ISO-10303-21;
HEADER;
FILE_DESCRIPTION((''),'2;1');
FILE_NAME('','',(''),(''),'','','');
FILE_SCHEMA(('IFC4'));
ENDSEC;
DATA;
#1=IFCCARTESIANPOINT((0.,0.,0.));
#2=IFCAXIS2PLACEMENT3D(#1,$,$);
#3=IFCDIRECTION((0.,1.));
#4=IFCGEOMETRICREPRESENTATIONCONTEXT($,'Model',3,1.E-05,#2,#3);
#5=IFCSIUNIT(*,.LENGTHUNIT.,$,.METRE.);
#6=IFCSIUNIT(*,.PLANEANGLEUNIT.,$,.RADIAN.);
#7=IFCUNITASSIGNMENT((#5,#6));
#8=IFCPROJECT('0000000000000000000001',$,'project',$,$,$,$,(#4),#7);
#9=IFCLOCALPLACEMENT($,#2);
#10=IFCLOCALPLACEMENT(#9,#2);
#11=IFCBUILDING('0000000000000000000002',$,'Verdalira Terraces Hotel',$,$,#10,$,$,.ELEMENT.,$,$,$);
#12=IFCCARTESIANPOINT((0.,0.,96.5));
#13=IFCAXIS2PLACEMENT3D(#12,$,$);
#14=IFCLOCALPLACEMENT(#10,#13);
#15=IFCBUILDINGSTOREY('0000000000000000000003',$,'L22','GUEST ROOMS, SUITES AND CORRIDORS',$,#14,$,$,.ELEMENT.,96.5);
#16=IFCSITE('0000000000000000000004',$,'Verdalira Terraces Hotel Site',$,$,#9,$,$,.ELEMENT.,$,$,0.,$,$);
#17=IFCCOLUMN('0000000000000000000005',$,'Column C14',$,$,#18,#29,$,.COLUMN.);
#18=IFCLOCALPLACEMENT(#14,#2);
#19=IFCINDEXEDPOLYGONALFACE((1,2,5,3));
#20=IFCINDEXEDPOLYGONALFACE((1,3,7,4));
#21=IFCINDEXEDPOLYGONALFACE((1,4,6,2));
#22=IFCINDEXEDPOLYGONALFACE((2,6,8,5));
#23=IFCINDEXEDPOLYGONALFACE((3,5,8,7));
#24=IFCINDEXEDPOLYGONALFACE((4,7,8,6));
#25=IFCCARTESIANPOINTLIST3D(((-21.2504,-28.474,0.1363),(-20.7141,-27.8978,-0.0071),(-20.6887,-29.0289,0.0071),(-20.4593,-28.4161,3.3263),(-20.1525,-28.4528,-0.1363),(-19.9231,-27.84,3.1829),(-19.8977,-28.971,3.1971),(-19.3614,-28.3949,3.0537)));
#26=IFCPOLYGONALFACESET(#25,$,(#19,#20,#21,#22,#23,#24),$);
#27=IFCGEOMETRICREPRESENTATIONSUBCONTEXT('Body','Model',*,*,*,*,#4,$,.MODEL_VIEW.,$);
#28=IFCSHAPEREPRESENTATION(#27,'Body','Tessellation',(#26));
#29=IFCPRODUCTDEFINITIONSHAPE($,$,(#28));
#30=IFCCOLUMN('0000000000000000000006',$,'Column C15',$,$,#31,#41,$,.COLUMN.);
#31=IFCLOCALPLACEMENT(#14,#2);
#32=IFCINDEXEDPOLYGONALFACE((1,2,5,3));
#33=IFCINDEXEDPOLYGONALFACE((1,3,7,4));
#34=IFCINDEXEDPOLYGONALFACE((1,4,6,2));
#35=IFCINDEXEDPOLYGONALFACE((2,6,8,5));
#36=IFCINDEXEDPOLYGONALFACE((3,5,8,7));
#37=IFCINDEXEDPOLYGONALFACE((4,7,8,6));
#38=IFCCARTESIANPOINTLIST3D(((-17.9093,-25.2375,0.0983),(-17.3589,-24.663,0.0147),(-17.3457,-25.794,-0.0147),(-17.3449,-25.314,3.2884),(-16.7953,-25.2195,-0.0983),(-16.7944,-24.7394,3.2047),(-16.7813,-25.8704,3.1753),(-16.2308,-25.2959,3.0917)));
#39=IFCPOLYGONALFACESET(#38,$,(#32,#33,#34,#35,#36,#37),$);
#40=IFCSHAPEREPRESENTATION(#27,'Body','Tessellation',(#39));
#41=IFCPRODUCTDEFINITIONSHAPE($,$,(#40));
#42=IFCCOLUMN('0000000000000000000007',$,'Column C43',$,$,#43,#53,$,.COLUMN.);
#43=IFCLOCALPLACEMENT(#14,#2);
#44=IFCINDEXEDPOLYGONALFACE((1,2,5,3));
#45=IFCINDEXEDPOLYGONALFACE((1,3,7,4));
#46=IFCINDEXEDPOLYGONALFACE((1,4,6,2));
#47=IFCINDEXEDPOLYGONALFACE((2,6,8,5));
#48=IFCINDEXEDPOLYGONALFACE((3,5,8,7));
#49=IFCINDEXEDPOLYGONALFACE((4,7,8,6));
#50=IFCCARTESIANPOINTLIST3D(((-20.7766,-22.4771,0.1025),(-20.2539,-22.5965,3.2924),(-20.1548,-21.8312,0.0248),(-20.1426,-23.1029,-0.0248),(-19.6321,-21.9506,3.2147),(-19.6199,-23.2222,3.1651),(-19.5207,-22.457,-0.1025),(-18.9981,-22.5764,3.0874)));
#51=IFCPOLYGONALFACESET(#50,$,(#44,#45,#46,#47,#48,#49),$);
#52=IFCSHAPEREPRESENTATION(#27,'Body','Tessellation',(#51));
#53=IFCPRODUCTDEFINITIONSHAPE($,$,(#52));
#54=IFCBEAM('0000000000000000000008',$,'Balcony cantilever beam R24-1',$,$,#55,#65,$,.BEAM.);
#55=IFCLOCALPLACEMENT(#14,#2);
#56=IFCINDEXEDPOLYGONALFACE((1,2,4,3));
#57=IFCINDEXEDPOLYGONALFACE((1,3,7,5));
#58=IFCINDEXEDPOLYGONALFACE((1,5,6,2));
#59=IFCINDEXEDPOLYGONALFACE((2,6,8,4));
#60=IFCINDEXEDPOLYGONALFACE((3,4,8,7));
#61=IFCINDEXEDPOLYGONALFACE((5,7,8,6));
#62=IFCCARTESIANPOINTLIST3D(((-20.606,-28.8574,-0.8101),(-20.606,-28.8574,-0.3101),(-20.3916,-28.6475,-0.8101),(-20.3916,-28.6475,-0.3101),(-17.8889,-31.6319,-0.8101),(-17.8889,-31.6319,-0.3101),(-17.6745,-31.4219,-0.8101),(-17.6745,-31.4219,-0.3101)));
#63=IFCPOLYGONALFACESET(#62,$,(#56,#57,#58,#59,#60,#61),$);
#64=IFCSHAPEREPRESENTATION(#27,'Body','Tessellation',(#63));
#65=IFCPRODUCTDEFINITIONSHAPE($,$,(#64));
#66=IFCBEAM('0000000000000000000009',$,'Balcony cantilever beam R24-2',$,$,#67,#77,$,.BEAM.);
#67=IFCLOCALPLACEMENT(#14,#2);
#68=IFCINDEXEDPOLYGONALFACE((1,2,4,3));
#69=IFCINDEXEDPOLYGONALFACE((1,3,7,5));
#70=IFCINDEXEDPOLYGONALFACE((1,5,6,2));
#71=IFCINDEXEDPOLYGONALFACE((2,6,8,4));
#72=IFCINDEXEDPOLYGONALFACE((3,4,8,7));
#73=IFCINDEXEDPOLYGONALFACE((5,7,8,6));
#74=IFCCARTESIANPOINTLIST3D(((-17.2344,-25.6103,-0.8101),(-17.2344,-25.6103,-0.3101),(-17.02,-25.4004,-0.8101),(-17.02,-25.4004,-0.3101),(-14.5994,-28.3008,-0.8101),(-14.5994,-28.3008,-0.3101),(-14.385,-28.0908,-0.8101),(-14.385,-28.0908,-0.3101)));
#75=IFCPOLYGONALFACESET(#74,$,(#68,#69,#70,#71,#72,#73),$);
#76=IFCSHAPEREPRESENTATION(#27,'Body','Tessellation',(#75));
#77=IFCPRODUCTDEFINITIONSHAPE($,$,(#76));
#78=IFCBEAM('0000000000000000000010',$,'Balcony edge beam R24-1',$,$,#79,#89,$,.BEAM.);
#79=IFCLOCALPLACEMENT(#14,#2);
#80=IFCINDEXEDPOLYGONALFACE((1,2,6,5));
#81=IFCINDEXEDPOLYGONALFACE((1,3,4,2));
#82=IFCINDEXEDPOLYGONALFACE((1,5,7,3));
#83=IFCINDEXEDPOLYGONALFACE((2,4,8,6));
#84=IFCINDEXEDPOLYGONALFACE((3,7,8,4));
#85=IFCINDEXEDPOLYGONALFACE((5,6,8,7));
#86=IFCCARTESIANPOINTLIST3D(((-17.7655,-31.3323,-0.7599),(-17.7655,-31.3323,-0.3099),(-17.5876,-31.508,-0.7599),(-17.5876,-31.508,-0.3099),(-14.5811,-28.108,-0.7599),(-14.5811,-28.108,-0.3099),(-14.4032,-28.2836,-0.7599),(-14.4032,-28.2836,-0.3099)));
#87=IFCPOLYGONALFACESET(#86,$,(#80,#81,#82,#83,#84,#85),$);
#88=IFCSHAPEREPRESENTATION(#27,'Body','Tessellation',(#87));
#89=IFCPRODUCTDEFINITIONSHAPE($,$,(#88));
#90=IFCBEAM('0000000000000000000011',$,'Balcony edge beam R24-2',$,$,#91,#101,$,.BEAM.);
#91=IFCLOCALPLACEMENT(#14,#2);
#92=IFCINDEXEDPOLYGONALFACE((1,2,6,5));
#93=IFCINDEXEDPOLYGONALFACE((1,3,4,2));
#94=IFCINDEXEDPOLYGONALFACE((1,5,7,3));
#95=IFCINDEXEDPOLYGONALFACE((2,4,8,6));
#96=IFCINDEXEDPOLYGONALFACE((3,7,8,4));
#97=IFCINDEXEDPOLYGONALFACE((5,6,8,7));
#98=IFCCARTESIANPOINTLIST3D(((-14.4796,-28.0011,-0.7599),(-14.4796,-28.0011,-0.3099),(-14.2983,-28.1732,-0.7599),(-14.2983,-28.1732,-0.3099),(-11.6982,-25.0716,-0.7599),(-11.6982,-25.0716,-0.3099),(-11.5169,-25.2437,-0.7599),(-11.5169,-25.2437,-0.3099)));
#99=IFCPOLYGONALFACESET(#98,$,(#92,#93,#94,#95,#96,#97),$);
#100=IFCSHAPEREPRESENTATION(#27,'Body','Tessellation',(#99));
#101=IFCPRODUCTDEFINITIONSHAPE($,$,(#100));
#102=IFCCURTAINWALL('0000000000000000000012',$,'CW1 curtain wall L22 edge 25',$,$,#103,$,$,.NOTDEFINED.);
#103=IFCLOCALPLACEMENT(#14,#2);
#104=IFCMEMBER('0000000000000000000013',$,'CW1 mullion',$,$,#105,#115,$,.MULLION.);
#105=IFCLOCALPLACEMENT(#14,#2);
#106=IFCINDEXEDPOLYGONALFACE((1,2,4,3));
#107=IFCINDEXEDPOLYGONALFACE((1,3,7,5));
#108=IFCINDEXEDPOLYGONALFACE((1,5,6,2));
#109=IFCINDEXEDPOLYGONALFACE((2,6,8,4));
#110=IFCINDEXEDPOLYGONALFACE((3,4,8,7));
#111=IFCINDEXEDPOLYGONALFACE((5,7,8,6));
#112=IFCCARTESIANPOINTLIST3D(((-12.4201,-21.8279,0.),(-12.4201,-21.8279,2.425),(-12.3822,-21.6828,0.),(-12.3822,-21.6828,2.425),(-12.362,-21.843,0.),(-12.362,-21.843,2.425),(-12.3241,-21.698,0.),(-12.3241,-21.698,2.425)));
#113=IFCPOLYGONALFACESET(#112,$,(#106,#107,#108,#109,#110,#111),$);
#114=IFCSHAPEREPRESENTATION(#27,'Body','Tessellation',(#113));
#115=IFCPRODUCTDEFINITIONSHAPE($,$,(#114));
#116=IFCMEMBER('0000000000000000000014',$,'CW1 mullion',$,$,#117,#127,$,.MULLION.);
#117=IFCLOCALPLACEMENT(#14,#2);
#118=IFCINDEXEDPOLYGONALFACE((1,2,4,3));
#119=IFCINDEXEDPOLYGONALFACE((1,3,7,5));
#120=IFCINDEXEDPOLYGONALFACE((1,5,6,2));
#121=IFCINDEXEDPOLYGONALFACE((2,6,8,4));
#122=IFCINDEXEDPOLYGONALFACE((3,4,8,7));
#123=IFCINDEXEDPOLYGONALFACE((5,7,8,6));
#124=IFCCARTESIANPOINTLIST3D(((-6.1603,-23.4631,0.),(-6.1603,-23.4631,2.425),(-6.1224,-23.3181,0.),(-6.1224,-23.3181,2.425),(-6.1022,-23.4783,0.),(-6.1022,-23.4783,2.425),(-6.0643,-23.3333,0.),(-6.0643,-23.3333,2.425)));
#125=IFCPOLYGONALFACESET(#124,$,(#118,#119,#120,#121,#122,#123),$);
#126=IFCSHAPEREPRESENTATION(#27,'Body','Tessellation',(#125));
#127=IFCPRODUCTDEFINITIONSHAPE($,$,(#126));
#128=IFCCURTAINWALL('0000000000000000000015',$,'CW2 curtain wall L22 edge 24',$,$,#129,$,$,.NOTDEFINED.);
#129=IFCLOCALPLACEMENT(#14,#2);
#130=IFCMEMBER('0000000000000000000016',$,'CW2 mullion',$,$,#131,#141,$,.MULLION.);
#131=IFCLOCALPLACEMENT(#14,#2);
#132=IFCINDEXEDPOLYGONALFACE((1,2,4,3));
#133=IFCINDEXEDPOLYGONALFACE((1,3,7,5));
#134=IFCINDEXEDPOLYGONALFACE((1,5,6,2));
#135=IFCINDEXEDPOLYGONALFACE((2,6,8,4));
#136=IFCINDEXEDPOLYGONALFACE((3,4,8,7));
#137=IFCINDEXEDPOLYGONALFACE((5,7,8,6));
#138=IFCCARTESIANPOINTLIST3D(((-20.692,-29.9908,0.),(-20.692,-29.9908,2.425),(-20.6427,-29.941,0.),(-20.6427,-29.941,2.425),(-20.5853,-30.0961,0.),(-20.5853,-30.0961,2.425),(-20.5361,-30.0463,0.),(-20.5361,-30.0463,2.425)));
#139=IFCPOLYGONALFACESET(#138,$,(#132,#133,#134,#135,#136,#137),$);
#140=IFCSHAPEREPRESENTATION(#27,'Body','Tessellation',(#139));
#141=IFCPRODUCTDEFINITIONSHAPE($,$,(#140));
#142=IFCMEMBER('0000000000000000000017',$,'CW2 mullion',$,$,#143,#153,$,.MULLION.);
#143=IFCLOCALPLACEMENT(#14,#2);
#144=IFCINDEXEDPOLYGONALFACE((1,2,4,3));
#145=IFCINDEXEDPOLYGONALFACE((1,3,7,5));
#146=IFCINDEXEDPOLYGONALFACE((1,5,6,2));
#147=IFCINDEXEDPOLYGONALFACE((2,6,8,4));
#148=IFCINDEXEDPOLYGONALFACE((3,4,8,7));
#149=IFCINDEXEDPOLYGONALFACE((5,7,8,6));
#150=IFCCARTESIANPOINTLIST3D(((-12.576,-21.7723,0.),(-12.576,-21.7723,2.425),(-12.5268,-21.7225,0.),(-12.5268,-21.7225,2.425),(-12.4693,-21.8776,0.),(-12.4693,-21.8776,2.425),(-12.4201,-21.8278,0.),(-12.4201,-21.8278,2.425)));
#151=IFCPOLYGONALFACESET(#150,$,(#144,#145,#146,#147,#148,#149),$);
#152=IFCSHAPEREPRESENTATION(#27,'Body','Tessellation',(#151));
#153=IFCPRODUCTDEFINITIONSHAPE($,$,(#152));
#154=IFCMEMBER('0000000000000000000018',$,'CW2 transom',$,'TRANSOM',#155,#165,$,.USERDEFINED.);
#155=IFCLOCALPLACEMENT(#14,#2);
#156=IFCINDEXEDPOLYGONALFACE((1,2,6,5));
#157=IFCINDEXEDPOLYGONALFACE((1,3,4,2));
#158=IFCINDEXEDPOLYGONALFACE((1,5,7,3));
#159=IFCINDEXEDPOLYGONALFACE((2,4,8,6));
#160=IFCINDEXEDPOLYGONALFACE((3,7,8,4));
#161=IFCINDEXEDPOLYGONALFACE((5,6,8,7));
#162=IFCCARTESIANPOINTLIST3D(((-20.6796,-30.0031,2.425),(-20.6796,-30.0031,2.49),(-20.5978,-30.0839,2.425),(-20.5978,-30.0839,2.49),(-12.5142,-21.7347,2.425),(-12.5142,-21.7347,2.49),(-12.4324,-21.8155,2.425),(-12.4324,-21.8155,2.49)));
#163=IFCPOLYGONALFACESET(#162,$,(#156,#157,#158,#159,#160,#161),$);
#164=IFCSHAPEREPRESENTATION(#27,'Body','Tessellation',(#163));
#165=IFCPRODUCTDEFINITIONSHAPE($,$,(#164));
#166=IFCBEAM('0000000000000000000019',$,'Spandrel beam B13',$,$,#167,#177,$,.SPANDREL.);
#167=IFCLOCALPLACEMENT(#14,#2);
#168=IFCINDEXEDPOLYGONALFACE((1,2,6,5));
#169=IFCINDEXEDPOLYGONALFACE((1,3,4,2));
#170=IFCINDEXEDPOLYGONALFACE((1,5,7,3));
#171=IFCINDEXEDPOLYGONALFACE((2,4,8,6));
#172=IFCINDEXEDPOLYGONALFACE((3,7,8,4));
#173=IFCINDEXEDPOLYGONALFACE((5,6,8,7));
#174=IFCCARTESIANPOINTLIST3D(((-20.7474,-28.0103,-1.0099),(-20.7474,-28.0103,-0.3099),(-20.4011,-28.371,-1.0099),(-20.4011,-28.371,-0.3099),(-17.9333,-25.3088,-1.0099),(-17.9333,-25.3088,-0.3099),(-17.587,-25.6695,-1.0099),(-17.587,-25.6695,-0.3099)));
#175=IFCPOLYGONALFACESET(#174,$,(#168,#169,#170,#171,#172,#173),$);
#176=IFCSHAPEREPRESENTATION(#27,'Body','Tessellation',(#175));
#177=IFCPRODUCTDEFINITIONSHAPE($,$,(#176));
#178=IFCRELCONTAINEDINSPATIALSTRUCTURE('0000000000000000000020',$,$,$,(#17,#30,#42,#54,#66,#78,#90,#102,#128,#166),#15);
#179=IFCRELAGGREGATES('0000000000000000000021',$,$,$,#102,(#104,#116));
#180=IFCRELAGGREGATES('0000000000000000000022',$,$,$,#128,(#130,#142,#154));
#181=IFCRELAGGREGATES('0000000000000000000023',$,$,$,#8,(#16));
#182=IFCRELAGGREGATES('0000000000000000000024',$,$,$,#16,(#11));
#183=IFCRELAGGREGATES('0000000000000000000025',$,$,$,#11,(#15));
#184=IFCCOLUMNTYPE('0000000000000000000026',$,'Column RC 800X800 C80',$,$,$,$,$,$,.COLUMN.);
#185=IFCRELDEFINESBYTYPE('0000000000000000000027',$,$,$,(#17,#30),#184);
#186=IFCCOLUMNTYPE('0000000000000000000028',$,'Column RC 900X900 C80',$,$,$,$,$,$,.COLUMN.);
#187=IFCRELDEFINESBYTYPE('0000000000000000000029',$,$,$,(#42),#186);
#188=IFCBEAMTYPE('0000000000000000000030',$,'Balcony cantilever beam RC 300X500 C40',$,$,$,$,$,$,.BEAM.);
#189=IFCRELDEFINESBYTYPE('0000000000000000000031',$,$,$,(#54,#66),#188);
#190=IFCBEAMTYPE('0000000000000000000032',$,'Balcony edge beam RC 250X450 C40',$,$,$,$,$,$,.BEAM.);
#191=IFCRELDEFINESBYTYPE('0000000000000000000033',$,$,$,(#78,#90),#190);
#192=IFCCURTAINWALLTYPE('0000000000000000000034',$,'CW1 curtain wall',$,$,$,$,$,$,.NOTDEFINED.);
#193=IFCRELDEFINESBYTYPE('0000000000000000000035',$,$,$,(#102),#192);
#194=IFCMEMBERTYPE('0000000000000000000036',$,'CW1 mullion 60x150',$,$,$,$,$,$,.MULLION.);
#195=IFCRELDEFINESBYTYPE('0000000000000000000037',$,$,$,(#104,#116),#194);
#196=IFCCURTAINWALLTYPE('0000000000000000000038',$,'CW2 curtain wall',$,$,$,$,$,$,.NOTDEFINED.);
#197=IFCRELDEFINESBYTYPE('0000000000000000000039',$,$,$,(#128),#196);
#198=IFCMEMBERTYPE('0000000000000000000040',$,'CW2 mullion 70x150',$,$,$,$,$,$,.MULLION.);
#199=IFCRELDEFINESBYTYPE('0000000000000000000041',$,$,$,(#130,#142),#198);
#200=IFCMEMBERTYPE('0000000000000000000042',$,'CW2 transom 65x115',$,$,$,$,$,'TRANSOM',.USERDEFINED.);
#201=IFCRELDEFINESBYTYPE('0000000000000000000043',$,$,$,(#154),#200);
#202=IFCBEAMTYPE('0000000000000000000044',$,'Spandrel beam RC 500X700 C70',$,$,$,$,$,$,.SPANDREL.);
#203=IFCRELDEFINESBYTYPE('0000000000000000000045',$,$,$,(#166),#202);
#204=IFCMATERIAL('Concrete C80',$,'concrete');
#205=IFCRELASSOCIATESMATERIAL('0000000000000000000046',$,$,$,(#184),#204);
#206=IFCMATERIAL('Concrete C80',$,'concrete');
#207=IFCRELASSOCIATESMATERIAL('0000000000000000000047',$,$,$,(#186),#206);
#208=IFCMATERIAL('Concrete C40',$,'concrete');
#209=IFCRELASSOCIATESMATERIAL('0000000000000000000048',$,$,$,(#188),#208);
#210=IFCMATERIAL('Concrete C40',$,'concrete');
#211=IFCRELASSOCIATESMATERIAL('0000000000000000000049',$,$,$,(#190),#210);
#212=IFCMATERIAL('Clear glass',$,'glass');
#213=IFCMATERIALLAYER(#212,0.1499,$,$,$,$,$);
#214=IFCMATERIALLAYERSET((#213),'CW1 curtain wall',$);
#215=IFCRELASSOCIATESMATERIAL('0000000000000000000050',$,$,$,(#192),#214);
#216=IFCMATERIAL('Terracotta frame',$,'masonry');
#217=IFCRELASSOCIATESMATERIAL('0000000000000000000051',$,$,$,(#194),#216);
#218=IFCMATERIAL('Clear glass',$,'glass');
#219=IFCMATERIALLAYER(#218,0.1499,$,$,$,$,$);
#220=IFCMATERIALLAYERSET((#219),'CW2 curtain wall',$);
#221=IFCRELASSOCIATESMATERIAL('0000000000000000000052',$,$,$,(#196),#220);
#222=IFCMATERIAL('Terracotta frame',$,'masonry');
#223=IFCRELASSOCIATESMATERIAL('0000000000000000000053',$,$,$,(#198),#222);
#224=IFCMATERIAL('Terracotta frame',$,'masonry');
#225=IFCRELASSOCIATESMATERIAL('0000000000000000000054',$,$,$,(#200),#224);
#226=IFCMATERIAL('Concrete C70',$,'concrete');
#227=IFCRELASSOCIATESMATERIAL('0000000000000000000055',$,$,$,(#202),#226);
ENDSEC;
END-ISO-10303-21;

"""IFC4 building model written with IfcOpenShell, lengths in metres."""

from ifc_helpers import new_model, si_unit, direction, frame, origin, origin_2d, place, context, subcontext, project, spatial, rectangle, extrude, material, layer, layer_set, material_profile, profile_set, type_object, element, aggregate, save


model = new_model("IFC4")

# Units and contexts
model_context = context("Model", 3, precision=1e-05, world=origin(), true_north=direction((0.0, 1.0)))
body_context = subcontext(model_context, "Body", "Model", "MODEL_VIEW")
ifc_project = project(units=[si_unit("LENGTHUNIT", "METRE"), si_unit("PLANEANGLEUNIT", "RADIAN")], contexts=[model_context])

# Site, building, storey
site_placement = place(None, origin())
site = spatial("IfcSite", under=ifc_project, at=site_placement, Name="Verdalira Terraces Hotel Site", CompositionType="ELEMENT", RefElevation=0.0)
building_placement = place(site_placement, origin())
building = spatial("IfcBuilding", under=site, at=building_placement, Name="Verdalira Terraces Hotel", CompositionType="ELEMENT")
storey_placement = place(building_placement, frame((0.0, 0.0, 96.5)))
storey = spatial("IfcBuildingStorey", under=building, at=storey_placement, Name="L22", Description="GUEST ROOMS, SUITES AND CORRIDORS", CompositionType="ELEMENT", Elevation=96.5)

# Columns
ifc_material_1 = material(Name="Concrete C80", Category="concrete")
ifc_material_profile_1 = material_profile(ifc_material_1, rectangle(XDim=0.8, YDim=0.8, at=origin_2d()), Name="RC 800X800")
ifc_profile_set_1 = profile_set([ifc_material_profile_1], Name="Concrete C80")
column_type_1 = type_object("IfcColumnType", Name="Column RC 800X800 C80", PredefinedType="COLUMN", material=ifc_profile_set_1)
column_1_placement = place(storey_placement, frame((-20.7014, -28.4634, 0.0), z_axis=(0.240645, 0.017603, 0.970454), x_axis=(0.670283, 0.720126, -0.179273)))
element("IfcColumn", 1, at=column_1_placement, inside=storey, type_object=column_type_1, Name="Column C14", PredefinedType="COLUMN", context=body_context, shape_type="SweptSolid", body=[
    extrude(rectangle(XDim=0.8, YDim=0.8, at=origin_2d()), origin(), (0.0, 0.0, 1.0), 3.2871),
])
column_2_placement = place(storey_placement, frame((-17.3523, -25.2285, 0.0), z_axis=(0.174193, -0.023582, 0.984429), x_axis=(0.68804, 0.718102, -0.104545)))
element("IfcColumn", 2, at=column_2_placement, inside=storey, type_object=column_type_1, Name="Column C15", PredefinedType="COLUMN", context=body_context, shape_type="SweptSolid", body=[
    extrude(rectangle(XDim=0.8, YDim=0.8, at=origin_2d()), origin(), (0.0, 0.0, 1.0), 3.2405),
])
ifc_material_2 = material(Name="Concrete C80", Category="concrete")
ifc_material_profile_2 = material_profile(ifc_material_2, rectangle(XDim=0.8999, YDim=0.8999, at=origin_2d()), Name="RC 900X900")
ifc_profile_set_2 = profile_set([ifc_material_profile_2], Name="Concrete C80")
column_type_2 = type_object("IfcColumnType", Name="Column RC 900X900 C80", PredefinedType="COLUMN", material=ifc_profile_set_2)
column_3_placement = place(storey_placement, frame((-20.1487, -22.467, 0.0), z_axis=(0.161594, -0.036908, 0.986167), x_axis=(-0.690988, -0.717688, 0.086366)))
element("IfcColumn", 3, at=column_3_placement, inside=storey, type_object=column_type_2, Name="Column C43", PredefinedType="COLUMN", context=body_context, shape_type="SweptSolid", body=[
    extrude(rectangle(XDim=0.8999, YDim=0.8999, at=origin_2d()), origin(), (0.0, 0.0, 1.0), 3.2346),
])

# Beams
ifc_material_3 = material(Name="Concrete C40", Category="concrete")
ifc_material_profile_3 = material_profile(ifc_material_3, rectangle(XDim=0.3, YDim=0.5, at=origin_2d()), Name="RC 300X500")
ifc_profile_set_3 = profile_set([ifc_material_profile_3], Name="Concrete C40")
beam_type_1 = type_object("IfcBeamType", Name="Balcony cantilever beam RC 300X500 C40", PredefinedType="BEAM", material=ifc_profile_set_3)
beam_1_placement = place(storey_placement, frame((-20.4988, -28.7524, -0.5601), z_axis=(0.699681, -0.714455, 0.0), x_axis=(0.714455, 0.699681, 0.0)))
element("IfcBeam", 4, at=beam_1_placement, inside=storey, type_object=beam_type_1, Name="Balcony cantilever beam R24-1", PredefinedType="BEAM", context=body_context, shape_type="SweptSolid", body=[
    extrude(rectangle(XDim=0.3, YDim=0.5, at=origin_2d()), origin(), (0.0, 0.0, 1.0), 3.8833),
])
beam_2_placement = place(storey_placement, frame((-17.1272, -25.5054, -0.5601), z_axis=(0.69971, -0.714427, 0.0), x_axis=(0.714427, 0.69971, 0.0)))
element("IfcBeam", 5, at=beam_2_placement, inside=storey, type_object=beam_type_1, Name="Balcony cantilever beam R24-2", PredefinedType="BEAM", context=body_context, shape_type="SweptSolid", body=[
    extrude(rectangle(XDim=0.3, YDim=0.5, at=origin_2d()), origin(), (0.0, 0.0, 1.0), 3.7659),
])
ifc_material_4 = material(Name="Concrete C40", Category="concrete")
ifc_material_profile_4 = material_profile(ifc_material_4, rectangle(XDim=0.25, YDim=0.45, at=origin_2d()), Name="RC 250X450")
ifc_profile_set_4 = profile_set([ifc_material_profile_4], Name="Concrete C40")
beam_type_2 = type_object("IfcBeamType", Name="Balcony edge beam RC 250X450 C40", PredefinedType="BEAM", material=ifc_profile_set_4)
beam_3_placement = place(storey_placement, frame((-17.6765, -31.4202, -0.5349), z_axis=(0.702675, 0.711511, 0.0), x_axis=(-0.711511, 0.702675, 0.0)))
element("IfcBeam", 6, at=beam_3_placement, inside=storey, type_object=beam_type_2, Name="Balcony edge beam R24-1", PredefinedType="BEAM", context=body_context, shape_type="SweptSolid", body=[
    extrude(rectangle(XDim=0.25, YDim=0.45, at=origin_2d()), origin(), (0.0, 0.0, 1.0), 4.5317),
])
beam_4_placement = place(storey_placement, frame((-14.3889, -28.0872, -0.5349), z_axis=(0.688525, 0.725212, 0.0), x_axis=(-0.725212, 0.688525, 0.0)))
element("IfcBeam", 7, at=beam_4_placement, inside=storey, type_object=beam_type_2, Name="Balcony edge beam R24-2", PredefinedType="BEAM", context=body_context, shape_type="SweptSolid", body=[
    extrude(rectangle(XDim=0.25, YDim=0.45, at=origin_2d()), origin(), (0.0, 0.0, 1.0), 4.0396),
])

# Curtain walls, members
ifc_material_5 = material(Name="Clear glass", Category="glass")
ifc_layer_1 = layer(ifc_material_5, 0.1499)
ifc_layer_set_1 = layer_set([ifc_layer_1], Name="CW1 curtain wall")
curtain_wall_type_1 = type_object("IfcCurtainWallType", Name="CW1 curtain wall", PredefinedType="NOTDEFINED", material=ifc_layer_set_1)
curtain_wall_1_placement = place(storey_placement, origin())
curtain_wall_1 = element("IfcCurtainWall", 8, at=curtain_wall_1_placement, inside=storey, type_object=curtain_wall_type_1, Name="CW1 curtain wall L22 edge 25", PredefinedType="NOTDEFINED")
ifc_material_6 = material(Name="Terracotta frame", Category="masonry")
ifc_material_profile_5 = material_profile(ifc_material_6, rectangle(XDim=0.0601, YDim=0.1499, at=origin_2d()), Name="MU 60x150")
ifc_profile_set_5 = profile_set([ifc_material_profile_5], Name="Terracotta frame")
member_type_1 = type_object("IfcMemberType", Name="CW1 mullion 60x150", PredefinedType="MULLION", material=ifc_profile_set_5)
member_1_placement = place(storey_placement, frame((-12.3721, -21.7629, 0.0), z_axis=(0.0, 0.0, 1.0), x_axis=(0.967533, -0.252745, 0.0)))
member_1 = element("IfcMember", 9, at=member_1_placement, type_object=member_type_1, Name="CW1 mullion", PredefinedType="MULLION", context=body_context, shape_type="SweptSolid", body=[
    extrude(rectangle(XDim=0.0601, YDim=0.1499, at=origin_2d()), origin(), (0.0, 0.0, 1.0), 2.425),
])
member_2_placement = place(storey_placement, frame((-6.1123, -23.3982, 0.0), z_axis=(0.0, 0.0, 1.0), x_axis=(0.967533, -0.252745, 0.0)))
member_2 = element("IfcMember", 10, at=member_2_placement, type_object=member_type_1, Name="CW1 mullion", PredefinedType="MULLION", context=body_context, shape_type="SweptSolid", body=[
    extrude(rectangle(XDim=0.0601, YDim=0.1499, at=origin_2d()), origin(), (0.0, 0.0, 1.0), 2.425),
])
ifc_material_7 = material(Name="Clear glass", Category="glass")
ifc_layer_2 = layer(ifc_material_7, 0.1499)
ifc_layer_set_2 = layer_set([ifc_layer_2], Name="CW2 curtain wall")
curtain_wall_type_2 = type_object("IfcCurtainWallType", Name="CW2 curtain wall", PredefinedType="NOTDEFINED", material=ifc_layer_set_2)
curtain_wall_2_placement = place(storey_placement, origin())
curtain_wall_2 = element("IfcCurtainWall", 11, at=curtain_wall_2_placement, inside=storey, type_object=curtain_wall_type_2, Name="CW2 curtain wall L22 edge 24", PredefinedType="NOTDEFINED")
ifc_material_8 = material(Name="Terracotta frame", Category="masonry")
ifc_material_profile_6 = material_profile(ifc_material_8, rectangle(XDim=0.0701, YDim=0.1499, at=origin_2d()), Name="MU 70x150")
ifc_profile_set_6 = profile_set([ifc_material_profile_6], Name="Terracotta frame")
member_type_2 = type_object("IfcMemberType", Name="CW2 mullion 70x150", PredefinedType="MULLION", material=ifc_profile_set_6)
member_3_placement = place(storey_placement, frame((-20.614, -30.0186, 0.0), z_axis=(0.0, 0.0, 1.0), x_axis=(0.70265, 0.711536, 0.0)))
member_3 = element("IfcMember", 12, at=member_3_placement, type_object=member_type_2, Name="CW2 mullion", PredefinedType="MULLION", context=body_context, shape_type="SweptSolid", body=[
    extrude(rectangle(XDim=0.0701, YDim=0.1499, at=origin_2d()), origin(), (0.0, 0.0, 1.0), 2.425),
])
member_4_placement = place(storey_placement, frame((-12.498, -21.8, 0.0), z_axis=(0.0, 0.0, 1.0), x_axis=(0.70265, 0.711536, 0.0)))
member_4 = element("IfcMember", 13, at=member_4_placement, type_object=member_type_2, Name="CW2 mullion", PredefinedType="MULLION", context=body_context, shape_type="SweptSolid", body=[
    extrude(rectangle(XDim=0.0701, YDim=0.1499, at=origin_2d()), origin(), (0.0, 0.0, 1.0), 2.425),
])
ifc_material_9 = material(Name="Terracotta frame", Category="masonry")
ifc_material_profile_7 = material_profile(ifc_material_9, rectangle(XDim=0.115, YDim=0.0649, at=origin_2d()), Name="TR 65x115")
ifc_profile_set_7 = profile_set([ifc_material_profile_7], Name="Terracotta frame")
member_type_3 = type_object("IfcMemberType", Name="CW2 transom 65x115", ElementType="TRANSOM", PredefinedType="USERDEFINED", material=ifc_profile_set_7)
member_5_placement = place(storey_placement, frame((-20.6387, -30.0435, 2.4575), z_axis=(0.70266, 0.711526, 0.0), x_axis=(-0.711526, 0.70266, 0.0)))
member_5 = element("IfcMember", 14, at=member_5_placement, type_object=member_type_3, Name="CW2 transom", ObjectType="TRANSOM", PredefinedType="USERDEFINED", context=body_context, shape_type="SweptSolid", body=[
    extrude(rectangle(XDim=0.115, YDim=0.0649, at=origin_2d()), origin(), (0.0, 0.0, 1.0), 11.6206),
])

# Beam
ifc_material_10 = material(Name="Concrete C70", Category="concrete")
ifc_material_profile_8 = material_profile(ifc_material_10, rectangle(XDim=0.5, YDim=0.7, at=origin_2d()), Name="RC 500X700")
ifc_profile_set_8 = profile_set([ifc_material_profile_8], Name="Concrete C70")
beam_type_3 = type_object("IfcBeamType", Name="Spandrel beam RC 500X700 C70", PredefinedType="SPANDREL", material=ifc_profile_set_8)
beam_5_placement = place(storey_placement, frame((-20.5742, -28.1907, -0.6599), z_axis=(0.721386, 0.692533, 0.0), x_axis=(-0.692533, 0.721386, 0.0)))
element("IfcBeam", 15, at=beam_5_placement, inside=storey, type_object=beam_type_3, Name="Spandrel beam B13", PredefinedType="SPANDREL", context=body_context, shape_type="SweptSolid", body=[
    extrude(rectangle(XDim=0.5, YDim=0.7, at=origin_2d()), origin(), (0.0, 0.0, 1.0), 3.9009),
])

aggregate(curtain_wall_1, [member_1, member_2])
aggregate(curtain_wall_2, [member_3, member_4, member_5])

save(model, "model.ifc")
